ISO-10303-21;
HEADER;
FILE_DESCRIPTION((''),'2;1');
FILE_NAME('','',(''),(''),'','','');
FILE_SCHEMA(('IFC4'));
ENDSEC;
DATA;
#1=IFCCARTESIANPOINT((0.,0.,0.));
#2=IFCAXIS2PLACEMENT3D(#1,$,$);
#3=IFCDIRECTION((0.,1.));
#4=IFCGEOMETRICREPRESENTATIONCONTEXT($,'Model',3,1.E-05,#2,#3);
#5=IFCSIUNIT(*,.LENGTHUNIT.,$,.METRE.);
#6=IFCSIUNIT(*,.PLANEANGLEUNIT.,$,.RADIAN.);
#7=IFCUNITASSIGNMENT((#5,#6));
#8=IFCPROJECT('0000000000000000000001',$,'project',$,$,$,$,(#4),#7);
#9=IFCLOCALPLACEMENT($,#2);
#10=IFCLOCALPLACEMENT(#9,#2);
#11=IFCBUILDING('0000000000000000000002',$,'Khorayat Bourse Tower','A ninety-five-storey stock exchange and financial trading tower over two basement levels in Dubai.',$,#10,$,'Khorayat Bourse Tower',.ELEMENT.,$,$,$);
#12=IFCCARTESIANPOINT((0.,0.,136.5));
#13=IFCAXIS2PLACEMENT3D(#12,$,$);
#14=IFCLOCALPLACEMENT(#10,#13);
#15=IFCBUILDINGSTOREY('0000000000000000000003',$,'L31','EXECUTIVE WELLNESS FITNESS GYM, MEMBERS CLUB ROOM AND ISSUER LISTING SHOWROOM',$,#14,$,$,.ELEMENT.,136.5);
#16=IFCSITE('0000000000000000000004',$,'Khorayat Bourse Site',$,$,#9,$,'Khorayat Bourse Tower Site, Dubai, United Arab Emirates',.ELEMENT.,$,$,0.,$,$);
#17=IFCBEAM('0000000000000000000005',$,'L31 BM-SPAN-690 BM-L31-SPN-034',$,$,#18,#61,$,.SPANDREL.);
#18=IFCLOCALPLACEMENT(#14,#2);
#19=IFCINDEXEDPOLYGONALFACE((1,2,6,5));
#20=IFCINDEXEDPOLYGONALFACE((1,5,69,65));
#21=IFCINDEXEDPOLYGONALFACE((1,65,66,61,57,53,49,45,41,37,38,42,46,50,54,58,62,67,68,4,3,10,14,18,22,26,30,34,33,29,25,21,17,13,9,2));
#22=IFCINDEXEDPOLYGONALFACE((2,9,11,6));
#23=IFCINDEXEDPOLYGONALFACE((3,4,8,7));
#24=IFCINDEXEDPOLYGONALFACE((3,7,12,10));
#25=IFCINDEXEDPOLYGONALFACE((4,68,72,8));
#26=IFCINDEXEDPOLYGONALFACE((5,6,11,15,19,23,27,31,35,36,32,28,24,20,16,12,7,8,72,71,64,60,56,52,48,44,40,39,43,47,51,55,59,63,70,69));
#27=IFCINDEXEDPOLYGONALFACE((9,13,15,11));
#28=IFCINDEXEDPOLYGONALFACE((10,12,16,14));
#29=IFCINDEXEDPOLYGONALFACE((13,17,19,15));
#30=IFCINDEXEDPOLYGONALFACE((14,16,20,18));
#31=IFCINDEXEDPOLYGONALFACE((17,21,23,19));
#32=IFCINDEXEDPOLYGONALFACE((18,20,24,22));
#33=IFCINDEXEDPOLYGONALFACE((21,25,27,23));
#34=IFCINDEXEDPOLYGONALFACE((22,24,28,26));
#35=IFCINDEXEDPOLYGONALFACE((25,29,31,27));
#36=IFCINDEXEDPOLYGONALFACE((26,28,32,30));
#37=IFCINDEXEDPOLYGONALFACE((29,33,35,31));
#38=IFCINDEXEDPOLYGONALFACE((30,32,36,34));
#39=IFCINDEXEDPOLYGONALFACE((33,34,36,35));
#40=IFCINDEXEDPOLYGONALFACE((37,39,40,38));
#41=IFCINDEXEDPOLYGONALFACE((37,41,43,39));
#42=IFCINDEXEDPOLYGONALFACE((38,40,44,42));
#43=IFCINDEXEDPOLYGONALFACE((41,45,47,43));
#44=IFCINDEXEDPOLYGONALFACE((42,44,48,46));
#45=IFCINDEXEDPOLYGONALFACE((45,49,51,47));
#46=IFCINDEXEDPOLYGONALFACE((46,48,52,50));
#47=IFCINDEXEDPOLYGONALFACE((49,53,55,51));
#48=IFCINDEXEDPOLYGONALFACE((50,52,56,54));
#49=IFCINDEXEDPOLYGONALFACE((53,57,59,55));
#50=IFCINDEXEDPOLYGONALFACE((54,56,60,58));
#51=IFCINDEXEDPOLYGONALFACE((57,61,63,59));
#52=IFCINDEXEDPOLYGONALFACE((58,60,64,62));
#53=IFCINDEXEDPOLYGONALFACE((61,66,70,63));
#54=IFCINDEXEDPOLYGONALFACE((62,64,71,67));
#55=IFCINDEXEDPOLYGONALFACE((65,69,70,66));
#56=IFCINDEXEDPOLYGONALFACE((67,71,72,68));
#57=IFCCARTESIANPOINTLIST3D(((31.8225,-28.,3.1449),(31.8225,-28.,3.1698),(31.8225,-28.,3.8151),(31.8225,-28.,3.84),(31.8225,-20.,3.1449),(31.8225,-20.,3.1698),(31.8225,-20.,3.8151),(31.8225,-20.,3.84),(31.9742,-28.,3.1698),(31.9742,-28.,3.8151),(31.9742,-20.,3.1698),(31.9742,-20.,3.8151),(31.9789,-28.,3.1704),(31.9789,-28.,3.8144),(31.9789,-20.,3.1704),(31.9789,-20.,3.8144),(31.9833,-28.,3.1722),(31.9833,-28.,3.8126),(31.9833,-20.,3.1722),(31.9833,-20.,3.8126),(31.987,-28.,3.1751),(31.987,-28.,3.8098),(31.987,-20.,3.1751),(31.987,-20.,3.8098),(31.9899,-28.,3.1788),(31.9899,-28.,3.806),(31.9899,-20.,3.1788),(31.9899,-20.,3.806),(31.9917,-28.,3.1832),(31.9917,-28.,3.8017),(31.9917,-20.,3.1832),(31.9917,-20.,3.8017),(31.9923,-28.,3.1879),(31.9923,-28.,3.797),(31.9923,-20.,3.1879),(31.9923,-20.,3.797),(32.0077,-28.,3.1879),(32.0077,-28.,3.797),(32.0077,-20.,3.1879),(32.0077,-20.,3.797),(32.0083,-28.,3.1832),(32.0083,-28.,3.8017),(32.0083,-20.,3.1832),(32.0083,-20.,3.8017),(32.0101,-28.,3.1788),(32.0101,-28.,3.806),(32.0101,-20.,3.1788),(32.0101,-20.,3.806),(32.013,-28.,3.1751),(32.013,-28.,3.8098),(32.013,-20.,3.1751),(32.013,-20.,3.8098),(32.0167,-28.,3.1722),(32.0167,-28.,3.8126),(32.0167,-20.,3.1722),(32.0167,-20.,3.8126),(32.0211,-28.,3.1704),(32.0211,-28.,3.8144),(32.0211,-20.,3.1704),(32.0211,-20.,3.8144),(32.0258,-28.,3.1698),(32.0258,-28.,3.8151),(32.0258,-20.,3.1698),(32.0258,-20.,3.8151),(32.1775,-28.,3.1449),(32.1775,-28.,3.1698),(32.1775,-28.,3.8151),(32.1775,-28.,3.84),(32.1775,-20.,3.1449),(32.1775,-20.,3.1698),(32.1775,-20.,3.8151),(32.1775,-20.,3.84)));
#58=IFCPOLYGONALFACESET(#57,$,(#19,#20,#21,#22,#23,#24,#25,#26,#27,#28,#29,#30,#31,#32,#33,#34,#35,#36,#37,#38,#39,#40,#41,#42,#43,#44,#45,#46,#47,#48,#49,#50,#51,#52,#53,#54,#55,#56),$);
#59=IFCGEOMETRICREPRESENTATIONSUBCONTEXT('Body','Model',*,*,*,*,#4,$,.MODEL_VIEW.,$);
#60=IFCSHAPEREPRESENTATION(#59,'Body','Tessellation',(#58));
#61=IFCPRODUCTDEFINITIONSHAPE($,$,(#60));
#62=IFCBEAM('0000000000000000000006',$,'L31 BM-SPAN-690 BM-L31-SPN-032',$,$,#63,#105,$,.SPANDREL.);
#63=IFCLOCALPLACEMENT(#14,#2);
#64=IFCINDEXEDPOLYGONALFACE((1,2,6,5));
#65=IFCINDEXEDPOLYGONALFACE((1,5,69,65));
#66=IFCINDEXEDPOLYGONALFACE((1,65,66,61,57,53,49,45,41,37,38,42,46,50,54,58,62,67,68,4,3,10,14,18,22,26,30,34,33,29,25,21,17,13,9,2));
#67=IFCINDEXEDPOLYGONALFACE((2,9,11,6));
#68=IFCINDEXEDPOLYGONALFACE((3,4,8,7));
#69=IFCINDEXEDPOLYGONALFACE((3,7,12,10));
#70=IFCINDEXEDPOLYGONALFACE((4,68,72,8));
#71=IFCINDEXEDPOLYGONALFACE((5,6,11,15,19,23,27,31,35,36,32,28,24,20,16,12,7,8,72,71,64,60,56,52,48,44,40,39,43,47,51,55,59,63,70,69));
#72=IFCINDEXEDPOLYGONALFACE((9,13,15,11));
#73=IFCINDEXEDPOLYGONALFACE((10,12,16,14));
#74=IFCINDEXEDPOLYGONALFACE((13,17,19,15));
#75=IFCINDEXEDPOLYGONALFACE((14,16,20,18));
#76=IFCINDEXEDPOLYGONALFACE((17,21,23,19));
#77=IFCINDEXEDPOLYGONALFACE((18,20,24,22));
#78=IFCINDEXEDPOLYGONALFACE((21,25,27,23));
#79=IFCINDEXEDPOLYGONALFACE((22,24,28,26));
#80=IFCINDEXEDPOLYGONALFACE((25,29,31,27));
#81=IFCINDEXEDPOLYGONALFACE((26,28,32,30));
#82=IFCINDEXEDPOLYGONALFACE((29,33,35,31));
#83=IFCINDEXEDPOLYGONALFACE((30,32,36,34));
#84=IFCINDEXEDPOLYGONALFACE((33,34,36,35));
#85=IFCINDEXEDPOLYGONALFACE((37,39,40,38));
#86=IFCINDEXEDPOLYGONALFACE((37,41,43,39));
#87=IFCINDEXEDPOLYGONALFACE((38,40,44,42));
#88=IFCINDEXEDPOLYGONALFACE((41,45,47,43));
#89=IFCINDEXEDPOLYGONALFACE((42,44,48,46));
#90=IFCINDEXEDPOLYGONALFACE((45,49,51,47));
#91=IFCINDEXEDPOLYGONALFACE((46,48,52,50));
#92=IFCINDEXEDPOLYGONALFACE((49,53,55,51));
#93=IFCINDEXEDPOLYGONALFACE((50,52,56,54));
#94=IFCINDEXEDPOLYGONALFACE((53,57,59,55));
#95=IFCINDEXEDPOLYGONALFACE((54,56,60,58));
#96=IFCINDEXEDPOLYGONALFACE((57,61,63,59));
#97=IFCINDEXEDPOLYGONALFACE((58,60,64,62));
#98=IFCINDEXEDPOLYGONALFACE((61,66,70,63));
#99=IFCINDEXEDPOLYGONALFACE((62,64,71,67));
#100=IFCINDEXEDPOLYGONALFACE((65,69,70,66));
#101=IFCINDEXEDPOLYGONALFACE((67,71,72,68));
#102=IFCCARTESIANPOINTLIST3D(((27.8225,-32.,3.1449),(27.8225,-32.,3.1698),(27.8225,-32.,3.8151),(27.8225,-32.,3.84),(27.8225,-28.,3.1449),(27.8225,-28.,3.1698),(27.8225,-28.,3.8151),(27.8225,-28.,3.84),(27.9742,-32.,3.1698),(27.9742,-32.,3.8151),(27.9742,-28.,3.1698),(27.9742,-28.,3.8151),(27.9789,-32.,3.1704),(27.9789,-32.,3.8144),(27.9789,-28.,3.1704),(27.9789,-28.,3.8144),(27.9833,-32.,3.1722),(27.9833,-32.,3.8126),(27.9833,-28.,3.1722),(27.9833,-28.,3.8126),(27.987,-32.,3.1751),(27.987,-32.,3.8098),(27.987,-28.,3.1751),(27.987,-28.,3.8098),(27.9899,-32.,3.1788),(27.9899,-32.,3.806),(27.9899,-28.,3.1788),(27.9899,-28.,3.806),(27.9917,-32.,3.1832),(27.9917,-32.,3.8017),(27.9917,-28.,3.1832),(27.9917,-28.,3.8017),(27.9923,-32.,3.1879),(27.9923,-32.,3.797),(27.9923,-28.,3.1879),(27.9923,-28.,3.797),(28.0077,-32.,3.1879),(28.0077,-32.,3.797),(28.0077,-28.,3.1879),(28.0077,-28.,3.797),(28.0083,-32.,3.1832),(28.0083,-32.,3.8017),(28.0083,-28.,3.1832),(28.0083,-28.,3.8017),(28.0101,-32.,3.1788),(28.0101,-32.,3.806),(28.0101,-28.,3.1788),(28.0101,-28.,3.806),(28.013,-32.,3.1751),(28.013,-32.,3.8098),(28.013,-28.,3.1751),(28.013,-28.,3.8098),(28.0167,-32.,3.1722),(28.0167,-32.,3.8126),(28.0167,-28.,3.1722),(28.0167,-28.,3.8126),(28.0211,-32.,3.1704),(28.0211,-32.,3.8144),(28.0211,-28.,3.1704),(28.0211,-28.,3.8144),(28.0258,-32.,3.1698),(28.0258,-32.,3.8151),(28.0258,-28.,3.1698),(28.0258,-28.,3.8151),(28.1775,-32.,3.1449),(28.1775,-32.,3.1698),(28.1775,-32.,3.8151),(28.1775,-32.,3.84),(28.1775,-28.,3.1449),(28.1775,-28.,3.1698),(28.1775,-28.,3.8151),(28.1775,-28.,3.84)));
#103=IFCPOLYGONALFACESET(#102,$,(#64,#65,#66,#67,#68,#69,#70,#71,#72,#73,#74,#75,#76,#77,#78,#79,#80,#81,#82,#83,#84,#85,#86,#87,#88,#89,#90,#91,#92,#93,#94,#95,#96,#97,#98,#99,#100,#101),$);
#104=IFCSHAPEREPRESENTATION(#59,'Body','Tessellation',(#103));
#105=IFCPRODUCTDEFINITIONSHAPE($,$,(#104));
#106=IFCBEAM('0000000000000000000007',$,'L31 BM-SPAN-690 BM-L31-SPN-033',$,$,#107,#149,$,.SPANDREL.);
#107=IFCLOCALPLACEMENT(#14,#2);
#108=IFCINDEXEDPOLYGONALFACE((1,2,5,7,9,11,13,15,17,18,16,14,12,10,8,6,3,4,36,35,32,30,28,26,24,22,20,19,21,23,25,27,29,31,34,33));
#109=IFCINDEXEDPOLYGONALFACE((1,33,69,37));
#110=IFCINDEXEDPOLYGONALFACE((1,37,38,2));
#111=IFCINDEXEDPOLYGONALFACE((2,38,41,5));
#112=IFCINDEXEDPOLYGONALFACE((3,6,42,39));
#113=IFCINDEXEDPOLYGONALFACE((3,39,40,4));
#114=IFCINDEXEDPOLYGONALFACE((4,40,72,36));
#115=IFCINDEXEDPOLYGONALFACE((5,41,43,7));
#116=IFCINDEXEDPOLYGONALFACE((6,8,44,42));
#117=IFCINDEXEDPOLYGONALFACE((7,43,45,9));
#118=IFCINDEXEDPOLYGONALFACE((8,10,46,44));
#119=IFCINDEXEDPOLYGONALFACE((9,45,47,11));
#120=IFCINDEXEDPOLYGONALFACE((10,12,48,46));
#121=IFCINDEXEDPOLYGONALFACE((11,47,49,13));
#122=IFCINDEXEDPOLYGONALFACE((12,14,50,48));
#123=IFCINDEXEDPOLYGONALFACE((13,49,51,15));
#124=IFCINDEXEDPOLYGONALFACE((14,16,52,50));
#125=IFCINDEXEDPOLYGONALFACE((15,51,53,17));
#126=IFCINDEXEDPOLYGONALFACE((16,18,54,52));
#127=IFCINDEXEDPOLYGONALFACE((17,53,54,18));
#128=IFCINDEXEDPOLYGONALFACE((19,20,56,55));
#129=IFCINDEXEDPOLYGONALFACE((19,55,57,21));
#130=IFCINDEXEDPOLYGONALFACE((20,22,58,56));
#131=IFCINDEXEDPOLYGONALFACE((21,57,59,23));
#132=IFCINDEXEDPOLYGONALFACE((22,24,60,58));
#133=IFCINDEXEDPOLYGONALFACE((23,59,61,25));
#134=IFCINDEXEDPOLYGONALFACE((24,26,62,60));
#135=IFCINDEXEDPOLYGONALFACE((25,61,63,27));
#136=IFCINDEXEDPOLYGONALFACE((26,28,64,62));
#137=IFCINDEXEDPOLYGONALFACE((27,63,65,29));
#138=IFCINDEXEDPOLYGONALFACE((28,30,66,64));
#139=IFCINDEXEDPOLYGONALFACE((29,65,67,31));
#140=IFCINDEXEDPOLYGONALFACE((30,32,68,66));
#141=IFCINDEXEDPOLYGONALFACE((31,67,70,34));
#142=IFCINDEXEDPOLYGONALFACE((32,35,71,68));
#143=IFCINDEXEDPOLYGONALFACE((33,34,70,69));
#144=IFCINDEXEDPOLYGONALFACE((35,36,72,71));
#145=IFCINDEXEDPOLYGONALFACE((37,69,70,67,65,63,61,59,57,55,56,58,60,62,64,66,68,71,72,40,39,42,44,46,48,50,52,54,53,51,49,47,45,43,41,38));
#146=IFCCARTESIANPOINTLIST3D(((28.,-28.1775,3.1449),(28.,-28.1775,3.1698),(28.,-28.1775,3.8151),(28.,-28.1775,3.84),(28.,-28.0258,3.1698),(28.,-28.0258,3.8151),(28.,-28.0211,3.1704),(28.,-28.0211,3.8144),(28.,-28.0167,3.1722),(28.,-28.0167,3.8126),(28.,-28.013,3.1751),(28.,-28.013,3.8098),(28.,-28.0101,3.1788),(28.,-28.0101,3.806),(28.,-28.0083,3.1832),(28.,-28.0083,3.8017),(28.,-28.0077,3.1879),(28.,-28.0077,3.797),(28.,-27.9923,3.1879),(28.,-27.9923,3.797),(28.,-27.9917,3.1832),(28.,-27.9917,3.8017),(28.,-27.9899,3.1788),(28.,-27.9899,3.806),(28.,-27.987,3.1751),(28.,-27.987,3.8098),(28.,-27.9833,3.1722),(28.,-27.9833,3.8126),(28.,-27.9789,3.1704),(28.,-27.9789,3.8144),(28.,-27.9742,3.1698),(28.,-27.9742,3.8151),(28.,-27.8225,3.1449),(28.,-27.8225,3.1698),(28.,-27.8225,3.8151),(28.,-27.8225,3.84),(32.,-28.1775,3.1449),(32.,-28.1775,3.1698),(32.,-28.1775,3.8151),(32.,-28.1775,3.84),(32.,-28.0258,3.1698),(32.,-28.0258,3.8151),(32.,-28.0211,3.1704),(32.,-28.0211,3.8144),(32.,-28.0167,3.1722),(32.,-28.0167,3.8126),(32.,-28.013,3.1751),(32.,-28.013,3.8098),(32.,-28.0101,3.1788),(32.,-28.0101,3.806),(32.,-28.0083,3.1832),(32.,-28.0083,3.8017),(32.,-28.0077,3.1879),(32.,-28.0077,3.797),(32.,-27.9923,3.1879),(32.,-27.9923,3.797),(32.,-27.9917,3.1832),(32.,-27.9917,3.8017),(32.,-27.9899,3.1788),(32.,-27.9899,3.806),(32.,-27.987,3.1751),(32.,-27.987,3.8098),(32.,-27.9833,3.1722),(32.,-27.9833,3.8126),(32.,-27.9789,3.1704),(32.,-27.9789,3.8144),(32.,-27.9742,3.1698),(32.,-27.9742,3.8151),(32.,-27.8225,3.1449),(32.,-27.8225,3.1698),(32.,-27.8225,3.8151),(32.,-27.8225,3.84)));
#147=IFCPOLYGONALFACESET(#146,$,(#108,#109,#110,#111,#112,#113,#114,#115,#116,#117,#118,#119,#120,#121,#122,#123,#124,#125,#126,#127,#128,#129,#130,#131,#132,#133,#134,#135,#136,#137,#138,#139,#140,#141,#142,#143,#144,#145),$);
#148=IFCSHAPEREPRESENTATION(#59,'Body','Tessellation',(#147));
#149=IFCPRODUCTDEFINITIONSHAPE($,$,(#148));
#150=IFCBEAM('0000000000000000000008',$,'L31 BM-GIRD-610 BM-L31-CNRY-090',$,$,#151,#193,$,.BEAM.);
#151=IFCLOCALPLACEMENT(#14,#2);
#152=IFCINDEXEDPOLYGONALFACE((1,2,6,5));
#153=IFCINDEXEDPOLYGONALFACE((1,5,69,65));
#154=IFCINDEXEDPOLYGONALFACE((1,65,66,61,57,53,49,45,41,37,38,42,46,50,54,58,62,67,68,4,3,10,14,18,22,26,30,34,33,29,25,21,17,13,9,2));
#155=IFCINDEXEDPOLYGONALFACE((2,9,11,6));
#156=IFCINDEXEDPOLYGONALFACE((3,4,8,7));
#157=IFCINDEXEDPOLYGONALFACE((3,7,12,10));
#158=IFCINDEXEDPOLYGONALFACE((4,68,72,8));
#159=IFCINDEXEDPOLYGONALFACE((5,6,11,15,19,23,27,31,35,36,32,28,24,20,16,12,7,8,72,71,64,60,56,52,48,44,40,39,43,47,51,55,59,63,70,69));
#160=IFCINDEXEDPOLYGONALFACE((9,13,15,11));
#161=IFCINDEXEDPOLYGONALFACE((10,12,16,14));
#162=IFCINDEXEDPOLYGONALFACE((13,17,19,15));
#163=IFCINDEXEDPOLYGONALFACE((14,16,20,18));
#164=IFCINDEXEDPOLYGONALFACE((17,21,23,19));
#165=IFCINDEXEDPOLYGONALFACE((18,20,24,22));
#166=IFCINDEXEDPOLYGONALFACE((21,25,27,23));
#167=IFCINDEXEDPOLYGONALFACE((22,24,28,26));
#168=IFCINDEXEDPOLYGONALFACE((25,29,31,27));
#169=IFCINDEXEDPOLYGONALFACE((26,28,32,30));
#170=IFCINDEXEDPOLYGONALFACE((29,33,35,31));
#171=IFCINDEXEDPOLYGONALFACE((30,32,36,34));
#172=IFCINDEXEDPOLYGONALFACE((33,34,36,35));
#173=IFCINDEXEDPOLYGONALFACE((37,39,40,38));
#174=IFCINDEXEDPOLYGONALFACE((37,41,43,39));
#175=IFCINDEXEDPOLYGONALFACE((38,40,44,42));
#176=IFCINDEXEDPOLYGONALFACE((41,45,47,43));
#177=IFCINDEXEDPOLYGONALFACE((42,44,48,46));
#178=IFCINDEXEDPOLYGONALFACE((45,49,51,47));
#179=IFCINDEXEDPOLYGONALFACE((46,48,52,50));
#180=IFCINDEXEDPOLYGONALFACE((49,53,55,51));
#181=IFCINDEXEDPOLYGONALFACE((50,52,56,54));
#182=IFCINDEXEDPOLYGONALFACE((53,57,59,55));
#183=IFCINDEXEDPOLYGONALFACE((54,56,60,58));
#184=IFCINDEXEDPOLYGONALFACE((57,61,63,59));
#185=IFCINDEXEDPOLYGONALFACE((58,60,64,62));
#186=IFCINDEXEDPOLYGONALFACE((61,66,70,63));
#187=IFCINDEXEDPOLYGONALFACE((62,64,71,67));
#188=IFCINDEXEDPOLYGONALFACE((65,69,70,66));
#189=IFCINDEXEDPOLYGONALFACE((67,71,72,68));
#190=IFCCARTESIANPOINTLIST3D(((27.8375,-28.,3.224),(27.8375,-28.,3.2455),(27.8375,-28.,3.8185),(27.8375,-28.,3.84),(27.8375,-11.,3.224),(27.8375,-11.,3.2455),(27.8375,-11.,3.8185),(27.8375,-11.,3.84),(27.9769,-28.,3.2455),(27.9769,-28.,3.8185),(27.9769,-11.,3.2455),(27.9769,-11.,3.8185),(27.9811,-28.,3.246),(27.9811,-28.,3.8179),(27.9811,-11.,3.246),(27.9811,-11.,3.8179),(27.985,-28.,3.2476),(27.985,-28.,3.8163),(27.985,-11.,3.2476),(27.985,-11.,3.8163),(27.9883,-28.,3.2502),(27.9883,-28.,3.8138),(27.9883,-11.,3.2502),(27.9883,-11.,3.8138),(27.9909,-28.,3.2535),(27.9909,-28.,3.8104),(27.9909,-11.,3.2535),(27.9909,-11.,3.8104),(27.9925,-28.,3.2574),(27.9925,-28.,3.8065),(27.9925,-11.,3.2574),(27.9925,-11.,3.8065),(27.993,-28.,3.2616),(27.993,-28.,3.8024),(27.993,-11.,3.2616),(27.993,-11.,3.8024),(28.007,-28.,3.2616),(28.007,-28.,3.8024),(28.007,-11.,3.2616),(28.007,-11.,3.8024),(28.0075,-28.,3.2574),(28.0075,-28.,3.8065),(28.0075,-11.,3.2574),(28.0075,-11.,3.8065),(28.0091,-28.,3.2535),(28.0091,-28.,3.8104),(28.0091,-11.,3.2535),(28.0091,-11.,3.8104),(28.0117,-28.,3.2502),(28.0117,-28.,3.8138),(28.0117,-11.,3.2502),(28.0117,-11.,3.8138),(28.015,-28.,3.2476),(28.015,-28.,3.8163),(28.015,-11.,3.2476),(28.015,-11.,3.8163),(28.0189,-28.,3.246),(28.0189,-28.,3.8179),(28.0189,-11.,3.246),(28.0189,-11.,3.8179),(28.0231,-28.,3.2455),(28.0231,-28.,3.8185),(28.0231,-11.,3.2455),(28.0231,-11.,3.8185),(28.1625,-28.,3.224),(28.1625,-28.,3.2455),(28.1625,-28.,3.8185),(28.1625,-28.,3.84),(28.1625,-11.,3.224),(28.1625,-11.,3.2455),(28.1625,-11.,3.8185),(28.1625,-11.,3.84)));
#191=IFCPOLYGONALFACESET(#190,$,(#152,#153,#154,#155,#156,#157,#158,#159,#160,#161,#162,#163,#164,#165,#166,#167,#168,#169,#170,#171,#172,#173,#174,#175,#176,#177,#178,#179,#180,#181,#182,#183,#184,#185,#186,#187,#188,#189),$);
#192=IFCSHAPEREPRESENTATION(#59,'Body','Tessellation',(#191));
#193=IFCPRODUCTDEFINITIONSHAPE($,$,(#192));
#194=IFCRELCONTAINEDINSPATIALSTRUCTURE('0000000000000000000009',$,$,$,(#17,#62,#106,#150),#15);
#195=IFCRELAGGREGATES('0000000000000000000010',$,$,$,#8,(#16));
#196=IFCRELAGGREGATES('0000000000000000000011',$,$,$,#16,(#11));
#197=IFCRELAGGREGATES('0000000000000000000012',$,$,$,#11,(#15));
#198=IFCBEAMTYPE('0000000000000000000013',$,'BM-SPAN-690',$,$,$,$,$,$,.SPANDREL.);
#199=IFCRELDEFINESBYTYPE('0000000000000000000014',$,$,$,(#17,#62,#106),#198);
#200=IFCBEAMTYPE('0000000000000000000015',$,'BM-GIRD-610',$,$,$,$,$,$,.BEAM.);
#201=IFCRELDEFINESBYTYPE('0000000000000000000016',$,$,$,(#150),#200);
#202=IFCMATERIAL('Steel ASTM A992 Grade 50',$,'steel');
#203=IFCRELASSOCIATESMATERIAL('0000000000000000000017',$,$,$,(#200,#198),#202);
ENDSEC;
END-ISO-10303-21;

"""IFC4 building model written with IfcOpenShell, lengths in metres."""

from ifc_helpers import new_model, si_unit, direction, frame, origin, origin_2d, place, context, subcontext, project, spatial, i_section, extrude, source, transform, mapped, material, material_profile, profile_set, type_object, element, save


model = new_model("IFC4")

# Units and contexts
model_context = context("Model", 3, precision=1e-05, world=origin(), true_north=direction((0.0, 1.0)))
body_context = subcontext(model_context, "Body", "Model", "MODEL_VIEW")
ifc_project = project(units=[si_unit("LENGTHUNIT", "METRE"), si_unit("PLANEANGLEUNIT", "RADIAN")], contexts=[model_context])

# Site, building, storey
site_placement = place(None, origin())
site = spatial("IfcSite", under=ifc_project, at=site_placement, Name="Khorayat Bourse Site", LongName="Khorayat Bourse Tower Site, Dubai, United Arab Emirates", CompositionType="ELEMENT", RefElevation=0.0)
building_placement = place(site_placement, origin())
building = spatial("IfcBuilding", under=site, at=building_placement, Name="Khorayat Bourse Tower", Description="A ninety-five-storey stock exchange and financial trading tower over two basement levels in Dubai.", LongName="Khorayat Bourse Tower", CompositionType="ELEMENT")
storey_placement = place(building_placement, frame((0.0, 0.0, 136.5)))
storey = spatial("IfcBuildingStorey", under=building, at=storey_placement, Name="L31", Description="EXECUTIVE WELLNESS FITNESS GYM, MEMBERS CLUB ROOM AND ISSUER LISTING SHOWROOM", CompositionType="ELEMENT", Elevation=136.5)

# Beams
ifc_material_1 = material(Name="Steel ASTM A992 Grade 50", Category="steel")
ifc_material_profile_1 = material_profile(ifc_material_1, i_section(OverallWidth=0.325, OverallDepth=0.616, WebThickness=0.0139, FlangeThickness=0.0215, FilletRadius=0.0161, at=origin_2d()), Name="W610X174")
ifc_profile_set_1 = profile_set([ifc_material_profile_1], Name="Steel ASTM A992 Grade 50")
beam_type_1 = type_object("IfcBeamType", Name="BM-GIRD-610", PredefinedType="BEAM", material=ifc_profile_set_1)
ifc_material_profile_2 = material_profile(ifc_material_1, i_section(OverallWidth=0.355, OverallDepth=0.6951, WebThickness=0.0154, FlangeThickness=0.0249, FilletRadius=0.0181, at=origin_2d()), Name="W690X217")
ifc_profile_set_2 = profile_set([ifc_material_profile_2], Name="Steel ASTM A992 Grade 50")
beam_type_2 = type_object("IfcBeamType", Name="BM-SPAN-690", PredefinedType="SPANDREL", material=ifc_profile_set_2)
shared_shape_1 = source(origin(), body_context, "Body", "SweptSolid", [
    extrude(i_section(OverallWidth=0.355, OverallDepth=0.6951, WebThickness=0.0154, FlangeThickness=0.0249, FilletRadius=0.0181, at=origin_2d()), origin(), (0.0, 0.0, 1.0), 8.0),
])
for number, where, z_axis, x_axis, name in (
    (1, (32.0, -28.0, 3.4924), (0.0, 1.0, 0.0), (-1.0, 0.0, 0.0), "L31 BM-SPAN-690 BM-L31-SPN-034"),
):
    element("IfcBeam", number, at=place(storey_placement, frame(where, z_axis=z_axis, x_axis=x_axis)), inside=storey, type_object=beam_type_2, Name=name, PredefinedType="SPANDREL", context=body_context, shape_type="MappedRepresentation", body=[
        mapped(shared_shape_1, transform((0.0, 0.0, 0.0), scale=1.0)),
    ])
shared_shape_2 = source(origin(), body_context, "Body", "SweptSolid", [
    extrude(i_section(OverallWidth=0.355, OverallDepth=0.6951, WebThickness=0.0154, FlangeThickness=0.0249, FilletRadius=0.0181, at=origin_2d()), origin(), (0.0, 0.0, 1.0), 4.0),
])
for number, where, z_axis, x_axis, name in (
    (2, (28.0, -32.0, 3.4924), (0.0, 1.0, 0.0), (-1.0, 0.0, 0.0), "L31 BM-SPAN-690 BM-L31-SPN-032"),
    (3, (28.0, -28.0, 3.4924), (1.0, 0.0, 0.0), (0.0, 1.0, 0.0), "L31 BM-SPAN-690 BM-L31-SPN-033"),
):
    element("IfcBeam", number, at=place(storey_placement, frame(where, z_axis=z_axis, x_axis=x_axis)), inside=storey, type_object=beam_type_2, Name=name, PredefinedType="SPANDREL", context=body_context, shape_type="MappedRepresentation", body=[
        mapped(shared_shape_2, transform((0.0, 0.0, 0.0), scale=1.0)),
    ])
shared_shape_3 = source(origin(), body_context, "Body", "SweptSolid", [
    extrude(i_section(OverallWidth=0.325, OverallDepth=0.616, WebThickness=0.0139, FlangeThickness=0.0215, FilletRadius=0.0161, at=origin_2d()), origin(), (0.0, 0.0, 1.0), 17.0),
])
beam_1_placement = place(storey_placement, frame((28.0, -28.0, 3.532), z_axis=(0.0, 1.0, 0.0), x_axis=(-1.0, 0.0, 0.0)))
element("IfcBeam", 4, at=beam_1_placement, inside=storey, type_object=beam_type_1, Name="L31 BM-GIRD-610 BM-L31-CNRY-090", PredefinedType="BEAM", context=body_context, shape_type="MappedRepresentation", body=[
    mapped(shared_shape_3, transform((0.0, 0.0, 0.0), scale=1.0)),
])

save(model, "model.ifc")
